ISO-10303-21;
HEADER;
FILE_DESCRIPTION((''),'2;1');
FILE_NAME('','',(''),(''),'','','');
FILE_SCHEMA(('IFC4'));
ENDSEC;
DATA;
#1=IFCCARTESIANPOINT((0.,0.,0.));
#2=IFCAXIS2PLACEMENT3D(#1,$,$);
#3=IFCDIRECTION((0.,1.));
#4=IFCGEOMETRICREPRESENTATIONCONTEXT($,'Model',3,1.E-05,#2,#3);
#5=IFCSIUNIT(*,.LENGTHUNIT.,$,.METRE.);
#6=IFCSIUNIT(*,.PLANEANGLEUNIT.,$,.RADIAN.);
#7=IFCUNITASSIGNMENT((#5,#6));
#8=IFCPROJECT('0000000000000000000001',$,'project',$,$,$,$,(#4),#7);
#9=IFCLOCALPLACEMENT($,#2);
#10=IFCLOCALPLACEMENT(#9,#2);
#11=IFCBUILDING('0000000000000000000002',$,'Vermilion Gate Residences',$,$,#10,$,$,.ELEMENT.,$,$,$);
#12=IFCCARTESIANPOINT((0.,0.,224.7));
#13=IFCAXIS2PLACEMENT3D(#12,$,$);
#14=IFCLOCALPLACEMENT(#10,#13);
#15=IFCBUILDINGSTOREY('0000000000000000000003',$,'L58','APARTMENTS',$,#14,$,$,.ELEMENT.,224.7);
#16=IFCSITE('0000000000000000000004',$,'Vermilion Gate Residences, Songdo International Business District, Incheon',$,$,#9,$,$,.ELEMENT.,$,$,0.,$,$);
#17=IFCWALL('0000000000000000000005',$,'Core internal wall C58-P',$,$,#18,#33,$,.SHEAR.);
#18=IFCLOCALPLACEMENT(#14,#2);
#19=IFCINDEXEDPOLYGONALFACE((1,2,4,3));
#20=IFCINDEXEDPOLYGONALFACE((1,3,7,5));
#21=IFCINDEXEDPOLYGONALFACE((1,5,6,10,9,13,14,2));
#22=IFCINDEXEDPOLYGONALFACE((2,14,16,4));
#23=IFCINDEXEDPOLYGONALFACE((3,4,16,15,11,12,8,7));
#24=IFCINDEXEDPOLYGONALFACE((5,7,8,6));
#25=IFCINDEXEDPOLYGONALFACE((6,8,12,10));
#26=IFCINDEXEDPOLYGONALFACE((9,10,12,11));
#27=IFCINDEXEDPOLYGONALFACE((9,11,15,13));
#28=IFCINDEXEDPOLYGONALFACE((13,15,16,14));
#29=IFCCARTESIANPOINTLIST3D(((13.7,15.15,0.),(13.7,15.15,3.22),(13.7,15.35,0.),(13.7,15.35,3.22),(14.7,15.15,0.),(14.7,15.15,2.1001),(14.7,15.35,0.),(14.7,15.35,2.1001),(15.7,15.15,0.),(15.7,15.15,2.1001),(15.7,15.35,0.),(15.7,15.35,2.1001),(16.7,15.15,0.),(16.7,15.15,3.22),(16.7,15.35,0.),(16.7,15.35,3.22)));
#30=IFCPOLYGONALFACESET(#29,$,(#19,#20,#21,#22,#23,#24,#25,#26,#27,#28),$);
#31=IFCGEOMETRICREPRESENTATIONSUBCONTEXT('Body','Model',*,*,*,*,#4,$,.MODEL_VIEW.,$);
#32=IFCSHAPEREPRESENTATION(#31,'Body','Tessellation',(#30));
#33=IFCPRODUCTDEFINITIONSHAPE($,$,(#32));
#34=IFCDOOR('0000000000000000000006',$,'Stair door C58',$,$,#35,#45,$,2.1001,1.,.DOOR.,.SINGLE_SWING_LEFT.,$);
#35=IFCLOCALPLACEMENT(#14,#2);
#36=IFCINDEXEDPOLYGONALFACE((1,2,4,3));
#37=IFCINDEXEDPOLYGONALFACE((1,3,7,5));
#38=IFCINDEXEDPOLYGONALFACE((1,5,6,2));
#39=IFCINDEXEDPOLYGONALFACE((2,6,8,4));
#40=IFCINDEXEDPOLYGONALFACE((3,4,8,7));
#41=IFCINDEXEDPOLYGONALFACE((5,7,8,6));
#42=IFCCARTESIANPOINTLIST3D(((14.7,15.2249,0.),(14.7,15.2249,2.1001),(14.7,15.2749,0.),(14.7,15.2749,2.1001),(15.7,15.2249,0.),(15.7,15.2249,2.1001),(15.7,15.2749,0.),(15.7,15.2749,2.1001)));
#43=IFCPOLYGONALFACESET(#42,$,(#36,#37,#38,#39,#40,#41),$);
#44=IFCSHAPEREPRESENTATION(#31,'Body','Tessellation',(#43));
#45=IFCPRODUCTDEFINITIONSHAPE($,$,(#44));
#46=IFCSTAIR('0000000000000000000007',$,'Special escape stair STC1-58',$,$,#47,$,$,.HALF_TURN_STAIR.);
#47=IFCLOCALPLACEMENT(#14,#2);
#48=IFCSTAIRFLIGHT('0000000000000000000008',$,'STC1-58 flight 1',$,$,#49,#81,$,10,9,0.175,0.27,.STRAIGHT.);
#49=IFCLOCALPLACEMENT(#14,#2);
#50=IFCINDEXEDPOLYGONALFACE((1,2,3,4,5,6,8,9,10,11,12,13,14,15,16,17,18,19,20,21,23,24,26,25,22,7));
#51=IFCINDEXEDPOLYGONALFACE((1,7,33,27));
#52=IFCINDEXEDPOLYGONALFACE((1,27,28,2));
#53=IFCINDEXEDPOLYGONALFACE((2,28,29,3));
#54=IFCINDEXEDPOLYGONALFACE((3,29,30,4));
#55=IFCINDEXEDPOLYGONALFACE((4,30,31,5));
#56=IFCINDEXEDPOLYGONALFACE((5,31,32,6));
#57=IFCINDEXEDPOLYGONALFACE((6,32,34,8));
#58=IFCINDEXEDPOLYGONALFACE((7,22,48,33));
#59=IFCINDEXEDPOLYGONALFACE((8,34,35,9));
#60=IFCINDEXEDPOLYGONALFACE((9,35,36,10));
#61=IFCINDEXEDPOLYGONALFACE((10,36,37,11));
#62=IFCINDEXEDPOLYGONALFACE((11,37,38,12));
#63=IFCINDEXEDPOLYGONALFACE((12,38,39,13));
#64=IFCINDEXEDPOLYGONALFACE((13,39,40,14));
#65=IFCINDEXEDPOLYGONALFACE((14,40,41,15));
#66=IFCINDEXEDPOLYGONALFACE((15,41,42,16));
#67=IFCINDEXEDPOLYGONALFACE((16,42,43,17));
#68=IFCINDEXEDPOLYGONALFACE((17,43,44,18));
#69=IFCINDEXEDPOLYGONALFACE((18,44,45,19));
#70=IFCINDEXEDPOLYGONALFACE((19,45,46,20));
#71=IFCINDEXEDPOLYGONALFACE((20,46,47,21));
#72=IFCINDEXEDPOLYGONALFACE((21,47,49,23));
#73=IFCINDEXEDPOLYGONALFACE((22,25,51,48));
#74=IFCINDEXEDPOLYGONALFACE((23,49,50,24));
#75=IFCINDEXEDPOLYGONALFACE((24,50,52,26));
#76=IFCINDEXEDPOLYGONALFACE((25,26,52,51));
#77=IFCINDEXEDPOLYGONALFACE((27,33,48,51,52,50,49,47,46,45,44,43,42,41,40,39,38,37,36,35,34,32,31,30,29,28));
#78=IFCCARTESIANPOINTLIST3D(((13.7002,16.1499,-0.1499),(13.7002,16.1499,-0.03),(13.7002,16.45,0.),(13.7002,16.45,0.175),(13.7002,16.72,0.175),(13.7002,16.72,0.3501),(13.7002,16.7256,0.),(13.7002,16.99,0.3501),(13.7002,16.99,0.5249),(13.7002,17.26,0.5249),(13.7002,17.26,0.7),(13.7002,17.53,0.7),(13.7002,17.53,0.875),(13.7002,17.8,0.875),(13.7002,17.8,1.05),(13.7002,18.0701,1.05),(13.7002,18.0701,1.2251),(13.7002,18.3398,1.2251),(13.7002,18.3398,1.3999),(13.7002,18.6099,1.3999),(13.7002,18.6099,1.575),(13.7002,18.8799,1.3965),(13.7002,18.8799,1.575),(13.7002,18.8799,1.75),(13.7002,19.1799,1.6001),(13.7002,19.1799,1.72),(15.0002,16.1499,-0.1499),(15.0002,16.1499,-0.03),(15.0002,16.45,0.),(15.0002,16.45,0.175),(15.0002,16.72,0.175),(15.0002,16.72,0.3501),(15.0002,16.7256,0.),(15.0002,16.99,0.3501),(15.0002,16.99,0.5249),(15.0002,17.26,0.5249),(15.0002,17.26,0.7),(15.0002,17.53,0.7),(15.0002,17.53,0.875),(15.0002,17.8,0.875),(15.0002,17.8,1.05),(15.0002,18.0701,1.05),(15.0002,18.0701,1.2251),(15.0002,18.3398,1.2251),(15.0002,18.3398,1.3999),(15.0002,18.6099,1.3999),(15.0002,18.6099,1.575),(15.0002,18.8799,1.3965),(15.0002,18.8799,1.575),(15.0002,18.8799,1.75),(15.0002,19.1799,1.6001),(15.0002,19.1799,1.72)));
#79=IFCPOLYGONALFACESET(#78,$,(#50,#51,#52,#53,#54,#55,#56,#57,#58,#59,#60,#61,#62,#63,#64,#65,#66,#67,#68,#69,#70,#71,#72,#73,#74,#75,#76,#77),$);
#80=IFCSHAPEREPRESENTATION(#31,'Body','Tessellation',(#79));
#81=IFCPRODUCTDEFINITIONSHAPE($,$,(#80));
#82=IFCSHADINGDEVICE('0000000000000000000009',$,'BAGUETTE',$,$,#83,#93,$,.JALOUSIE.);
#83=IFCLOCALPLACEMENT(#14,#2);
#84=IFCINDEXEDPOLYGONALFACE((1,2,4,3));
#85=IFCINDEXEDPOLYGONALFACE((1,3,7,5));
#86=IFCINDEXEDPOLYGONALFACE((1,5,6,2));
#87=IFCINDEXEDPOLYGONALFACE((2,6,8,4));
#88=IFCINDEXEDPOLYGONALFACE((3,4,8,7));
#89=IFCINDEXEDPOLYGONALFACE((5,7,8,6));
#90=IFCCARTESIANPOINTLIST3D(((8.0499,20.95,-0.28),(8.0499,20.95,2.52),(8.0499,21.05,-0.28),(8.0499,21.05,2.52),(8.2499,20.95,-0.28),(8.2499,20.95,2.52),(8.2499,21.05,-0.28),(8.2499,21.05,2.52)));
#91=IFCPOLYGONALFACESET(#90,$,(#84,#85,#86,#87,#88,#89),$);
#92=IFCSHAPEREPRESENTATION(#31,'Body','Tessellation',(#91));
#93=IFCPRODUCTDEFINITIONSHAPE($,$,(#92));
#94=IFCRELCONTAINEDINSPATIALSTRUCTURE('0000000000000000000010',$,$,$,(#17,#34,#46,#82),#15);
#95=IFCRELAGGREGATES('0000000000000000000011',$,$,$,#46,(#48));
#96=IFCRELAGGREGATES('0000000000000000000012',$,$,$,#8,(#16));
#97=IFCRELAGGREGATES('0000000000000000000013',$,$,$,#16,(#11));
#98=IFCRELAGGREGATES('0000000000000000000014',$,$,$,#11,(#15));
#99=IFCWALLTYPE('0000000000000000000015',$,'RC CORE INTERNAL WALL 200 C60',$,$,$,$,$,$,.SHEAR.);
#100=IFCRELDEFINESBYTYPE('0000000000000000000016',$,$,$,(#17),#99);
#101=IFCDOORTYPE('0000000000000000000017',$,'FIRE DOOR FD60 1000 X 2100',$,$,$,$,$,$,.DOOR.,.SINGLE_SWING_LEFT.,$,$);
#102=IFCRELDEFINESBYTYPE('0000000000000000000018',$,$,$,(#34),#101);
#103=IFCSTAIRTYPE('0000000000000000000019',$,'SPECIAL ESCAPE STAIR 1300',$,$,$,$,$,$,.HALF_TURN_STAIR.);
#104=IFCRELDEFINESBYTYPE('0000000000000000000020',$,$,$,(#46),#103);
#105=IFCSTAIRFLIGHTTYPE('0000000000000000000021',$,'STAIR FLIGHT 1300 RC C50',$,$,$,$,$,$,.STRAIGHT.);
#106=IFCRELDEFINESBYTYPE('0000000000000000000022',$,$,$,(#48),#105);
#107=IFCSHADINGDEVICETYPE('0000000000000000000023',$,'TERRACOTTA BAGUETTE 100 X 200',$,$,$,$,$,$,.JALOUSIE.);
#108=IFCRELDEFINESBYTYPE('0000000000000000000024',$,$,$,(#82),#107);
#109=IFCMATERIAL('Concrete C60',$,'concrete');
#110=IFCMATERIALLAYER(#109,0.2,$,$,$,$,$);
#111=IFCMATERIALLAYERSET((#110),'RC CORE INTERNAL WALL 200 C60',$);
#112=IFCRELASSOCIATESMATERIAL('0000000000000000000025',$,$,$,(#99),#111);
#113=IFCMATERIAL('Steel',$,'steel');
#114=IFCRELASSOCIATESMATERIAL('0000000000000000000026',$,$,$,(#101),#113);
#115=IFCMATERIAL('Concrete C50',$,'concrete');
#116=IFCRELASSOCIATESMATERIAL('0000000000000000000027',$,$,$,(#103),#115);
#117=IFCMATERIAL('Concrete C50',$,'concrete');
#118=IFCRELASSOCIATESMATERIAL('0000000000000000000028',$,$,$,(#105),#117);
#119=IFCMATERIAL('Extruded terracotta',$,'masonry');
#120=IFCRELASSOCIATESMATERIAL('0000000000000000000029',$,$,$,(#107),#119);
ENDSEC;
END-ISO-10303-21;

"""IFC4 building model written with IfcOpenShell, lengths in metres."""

from ifc_helpers import new_model, si_unit, direction, frame, frame_2d, origin, origin_2d, place, context, subcontext, project, spatial, polyline, rectangle, outline, extrude, material, layer, layer_set, material_profile, profile_set, type_object, element, fill, aggregate, save


model = new_model("IFC4")

# Units and contexts
model_context = context("Model", 3, precision=1e-05, world=origin(), true_north=direction((0.0, 1.0)))
body_context = subcontext(model_context, "Body", "Model", "MODEL_VIEW")
ifc_project = project(units=[si_unit("LENGTHUNIT", "METRE"), si_unit("PLANEANGLEUNIT", "RADIAN")], contexts=[model_context])

# Site, building, storey
site_placement = place(None, origin())
site = spatial("IfcSite", under=ifc_project, at=site_placement, Name="Vermilion Gate Residences, Songdo International Business District, Incheon", CompositionType="ELEMENT", RefElevation=0.0)
building_placement = place(site_placement, origin())
building = spatial("IfcBuilding", under=site, at=building_placement, Name="Vermilion Gate Residences", CompositionType="ELEMENT")
storey_placement = place(building_placement, frame((0.0, 0.0, 224.7)))
storey = spatial("IfcBuildingStorey", under=building, at=storey_placement, Name="L58", Description="APARTMENTS", CompositionType="ELEMENT", Elevation=224.7)

# Shared definitions
ifc_material_1 = material(Name="Concrete C60", Category="concrete")
ifc_layer_1 = layer(ifc_material_1, 0.2)
ifc_layer_set_1 = layer_set([ifc_layer_1], Name="RC CORE INTERNAL WALL 200 C60")
wall_type_1 = type_object("IfcWallType", Name="RC CORE INTERNAL WALL 200 C60", PredefinedType="SHEAR", material=ifc_layer_set_1)

# Wall, opening, door
wall_1_placement = place(storey_placement, frame((13.7, 15.25, 0.0), z_axis=(0.0, 0.0, 1.0), x_axis=(1.0, 0.0, 0.0)))
wall_1 = element("IfcWall", 1, at=wall_1_placement, inside=storey, type_object=wall_type_1, Name="Core internal wall C58-P", PredefinedType="SHEAR", context=body_context, shape_type="SweptSolid", body=[
    extrude(rectangle(XDim=3.0, YDim=0.2, at=frame_2d((1.5, 0.0))), origin(), (0.0, 0.0, 1.0), 3.22),
])
opening_1_placement = place(wall_1_placement, frame((1.0, 0.0, 0.0)))
opening_1 = element("IfcOpeningElement", 2, at=opening_1_placement, cuts=wall_1, PredefinedType="OPENING", context=body_context, shape_type="SweptSolid", body=[
    extrude(rectangle(XDim=1.0, YDim=2.1001, at=frame_2d((0.5, 1.05))), frame((0.0, 0.1099, 0.0), z_axis=(0.0, -1.0, 0.0), x_axis=(1.0, 0.0, 0.0)), (0.0, 0.0, 1.0), 0.22),
])
ifc_material_2 = material(Name="Steel", Category="steel")
door_type_1 = type_object("IfcDoorType", Name="FIRE DOOR FD60 1000 X 2100", OperationType="SINGLE_SWING_LEFT", PredefinedType="DOOR", material=ifc_material_2)
door_1_placement = place(opening_1_placement, origin())
door_1 = element("IfcDoor", 3, at=door_1_placement, inside=storey, type_object=door_type_1, Name="Stair door C58", OperationType="SINGLE_SWING_LEFT", OverallHeight=2.1001, OverallWidth=1.0, PredefinedType="DOOR", context=body_context, shape_type="SweptSolid", body=[
    extrude(rectangle(XDim=1.0, YDim=2.1001, at=frame_2d((0.5, 1.05))), frame((0.0, 0.0249, 0.0), z_axis=(0.0, -1.0, 0.0), x_axis=(1.0, 0.0, 0.0)), (0.0, 0.0, 1.0), 0.05),
])
fill(opening_1, door_1)

# Stair, stair flight
ifc_material_3 = material(Name="Concrete C50", Category="concrete")
stair_type = type_object("IfcStairType", Name="SPECIAL ESCAPE STAIR 1300", PredefinedType="HALF_TURN_STAIR", material=ifc_material_3)
stair_placement = place(storey_placement, origin())
stair = element("IfcStair", 4, at=stair_placement, inside=storey, type_object=stair_type, Name="Special escape stair STC1-58", PredefinedType="HALF_TURN_STAIR")
ifc_material_4 = material(Name="Concrete C50", Category="concrete")
stair_flight_type = type_object("IfcStairFlightType", Name="STAIR FLIGHT 1300 RC C50", PredefinedType="STRAIGHT", material=ifc_material_4)
stair_flight_placement = place(storey_placement, frame((14.3501, 16.45, 0.0), z_axis=(0.0, 0.0, 1.0), x_axis=(0.0, 1.0, 0.0)))
stair_flight = element("IfcStairFlight", 5, at=stair_flight_placement, type_object=stair_flight_type, Name="STC1-58 flight 1", NumberOfRisers=10, NumberOfTreads=9, PredefinedType="STRAIGHT", RiserHeight=0.175, TreadLength=0.27, context=body_context, shape_type="SweptSolid", body=[
    extrude(outline(polyline([(-0.3, -0.1499), (-0.3, -0.03), (0.0, 0.0), (0.0, 0.175), (0.27, 0.175), (0.27, 0.3501), (0.54, 0.3501), (0.54, 0.5249), (0.8101, 0.5249), (0.8101, 0.7), (1.0801, 0.7), (1.0801, 0.875), (1.3501, 0.875), (1.3501, 1.05), (1.6201, 1.05), (1.6201, 1.2251), (1.8899, 1.2251), (1.8899, 1.3999), (2.1599, 1.3999), (2.1599, 1.575), (2.4299, 1.575), (2.4299, 1.75), (2.73, 1.72), (2.73, 1.6001), (2.4299, 1.3965), (0.2756, 0.0), (-0.3, -0.1499)])), frame((0.0, 0.6499, 0.0), z_axis=(0.0, -1.0, 0.0), x_axis=(1.0, 0.0, 0.0)), (0.0, 0.0, 1.0), 1.3),
])
aggregate(stair, [stair_flight])

# Shading device
ifc_material_5 = material(Name="Extruded terracotta", Category="masonry")
ifc_material_profile_1 = material_profile(ifc_material_5, rectangle(XDim=0.2, YDim=0.1001, at=origin_2d()), Name="BAGUETTE 100 X 200")
ifc_profile_set_1 = profile_set([ifc_material_profile_1], Name="Extruded terracotta")
shading_device_type = type_object("IfcShadingDeviceType", Name="TERRACOTTA BAGUETTE 100 X 200", PredefinedType="JALOUSIE", material=ifc_profile_set_1)
shading_device_placement = place(storey_placement, frame((8.1499, 21.0, -0.28), z_axis=(0.0, 0.0, 1.0), x_axis=(1.0, 0.0, 0.0)))
element("IfcShadingDevice", 6, at=shading_device_placement, inside=storey, type_object=shading_device_type, Name="BAGUETTE", PredefinedType="JALOUSIE", context=body_context, shape_type="SweptSolid", body=[
    extrude(rectangle(XDim=0.2, YDim=0.1001, at=origin_2d()), origin(), (0.0, 0.0, 1.0), 2.8),
])

save(model, "model.ifc")
